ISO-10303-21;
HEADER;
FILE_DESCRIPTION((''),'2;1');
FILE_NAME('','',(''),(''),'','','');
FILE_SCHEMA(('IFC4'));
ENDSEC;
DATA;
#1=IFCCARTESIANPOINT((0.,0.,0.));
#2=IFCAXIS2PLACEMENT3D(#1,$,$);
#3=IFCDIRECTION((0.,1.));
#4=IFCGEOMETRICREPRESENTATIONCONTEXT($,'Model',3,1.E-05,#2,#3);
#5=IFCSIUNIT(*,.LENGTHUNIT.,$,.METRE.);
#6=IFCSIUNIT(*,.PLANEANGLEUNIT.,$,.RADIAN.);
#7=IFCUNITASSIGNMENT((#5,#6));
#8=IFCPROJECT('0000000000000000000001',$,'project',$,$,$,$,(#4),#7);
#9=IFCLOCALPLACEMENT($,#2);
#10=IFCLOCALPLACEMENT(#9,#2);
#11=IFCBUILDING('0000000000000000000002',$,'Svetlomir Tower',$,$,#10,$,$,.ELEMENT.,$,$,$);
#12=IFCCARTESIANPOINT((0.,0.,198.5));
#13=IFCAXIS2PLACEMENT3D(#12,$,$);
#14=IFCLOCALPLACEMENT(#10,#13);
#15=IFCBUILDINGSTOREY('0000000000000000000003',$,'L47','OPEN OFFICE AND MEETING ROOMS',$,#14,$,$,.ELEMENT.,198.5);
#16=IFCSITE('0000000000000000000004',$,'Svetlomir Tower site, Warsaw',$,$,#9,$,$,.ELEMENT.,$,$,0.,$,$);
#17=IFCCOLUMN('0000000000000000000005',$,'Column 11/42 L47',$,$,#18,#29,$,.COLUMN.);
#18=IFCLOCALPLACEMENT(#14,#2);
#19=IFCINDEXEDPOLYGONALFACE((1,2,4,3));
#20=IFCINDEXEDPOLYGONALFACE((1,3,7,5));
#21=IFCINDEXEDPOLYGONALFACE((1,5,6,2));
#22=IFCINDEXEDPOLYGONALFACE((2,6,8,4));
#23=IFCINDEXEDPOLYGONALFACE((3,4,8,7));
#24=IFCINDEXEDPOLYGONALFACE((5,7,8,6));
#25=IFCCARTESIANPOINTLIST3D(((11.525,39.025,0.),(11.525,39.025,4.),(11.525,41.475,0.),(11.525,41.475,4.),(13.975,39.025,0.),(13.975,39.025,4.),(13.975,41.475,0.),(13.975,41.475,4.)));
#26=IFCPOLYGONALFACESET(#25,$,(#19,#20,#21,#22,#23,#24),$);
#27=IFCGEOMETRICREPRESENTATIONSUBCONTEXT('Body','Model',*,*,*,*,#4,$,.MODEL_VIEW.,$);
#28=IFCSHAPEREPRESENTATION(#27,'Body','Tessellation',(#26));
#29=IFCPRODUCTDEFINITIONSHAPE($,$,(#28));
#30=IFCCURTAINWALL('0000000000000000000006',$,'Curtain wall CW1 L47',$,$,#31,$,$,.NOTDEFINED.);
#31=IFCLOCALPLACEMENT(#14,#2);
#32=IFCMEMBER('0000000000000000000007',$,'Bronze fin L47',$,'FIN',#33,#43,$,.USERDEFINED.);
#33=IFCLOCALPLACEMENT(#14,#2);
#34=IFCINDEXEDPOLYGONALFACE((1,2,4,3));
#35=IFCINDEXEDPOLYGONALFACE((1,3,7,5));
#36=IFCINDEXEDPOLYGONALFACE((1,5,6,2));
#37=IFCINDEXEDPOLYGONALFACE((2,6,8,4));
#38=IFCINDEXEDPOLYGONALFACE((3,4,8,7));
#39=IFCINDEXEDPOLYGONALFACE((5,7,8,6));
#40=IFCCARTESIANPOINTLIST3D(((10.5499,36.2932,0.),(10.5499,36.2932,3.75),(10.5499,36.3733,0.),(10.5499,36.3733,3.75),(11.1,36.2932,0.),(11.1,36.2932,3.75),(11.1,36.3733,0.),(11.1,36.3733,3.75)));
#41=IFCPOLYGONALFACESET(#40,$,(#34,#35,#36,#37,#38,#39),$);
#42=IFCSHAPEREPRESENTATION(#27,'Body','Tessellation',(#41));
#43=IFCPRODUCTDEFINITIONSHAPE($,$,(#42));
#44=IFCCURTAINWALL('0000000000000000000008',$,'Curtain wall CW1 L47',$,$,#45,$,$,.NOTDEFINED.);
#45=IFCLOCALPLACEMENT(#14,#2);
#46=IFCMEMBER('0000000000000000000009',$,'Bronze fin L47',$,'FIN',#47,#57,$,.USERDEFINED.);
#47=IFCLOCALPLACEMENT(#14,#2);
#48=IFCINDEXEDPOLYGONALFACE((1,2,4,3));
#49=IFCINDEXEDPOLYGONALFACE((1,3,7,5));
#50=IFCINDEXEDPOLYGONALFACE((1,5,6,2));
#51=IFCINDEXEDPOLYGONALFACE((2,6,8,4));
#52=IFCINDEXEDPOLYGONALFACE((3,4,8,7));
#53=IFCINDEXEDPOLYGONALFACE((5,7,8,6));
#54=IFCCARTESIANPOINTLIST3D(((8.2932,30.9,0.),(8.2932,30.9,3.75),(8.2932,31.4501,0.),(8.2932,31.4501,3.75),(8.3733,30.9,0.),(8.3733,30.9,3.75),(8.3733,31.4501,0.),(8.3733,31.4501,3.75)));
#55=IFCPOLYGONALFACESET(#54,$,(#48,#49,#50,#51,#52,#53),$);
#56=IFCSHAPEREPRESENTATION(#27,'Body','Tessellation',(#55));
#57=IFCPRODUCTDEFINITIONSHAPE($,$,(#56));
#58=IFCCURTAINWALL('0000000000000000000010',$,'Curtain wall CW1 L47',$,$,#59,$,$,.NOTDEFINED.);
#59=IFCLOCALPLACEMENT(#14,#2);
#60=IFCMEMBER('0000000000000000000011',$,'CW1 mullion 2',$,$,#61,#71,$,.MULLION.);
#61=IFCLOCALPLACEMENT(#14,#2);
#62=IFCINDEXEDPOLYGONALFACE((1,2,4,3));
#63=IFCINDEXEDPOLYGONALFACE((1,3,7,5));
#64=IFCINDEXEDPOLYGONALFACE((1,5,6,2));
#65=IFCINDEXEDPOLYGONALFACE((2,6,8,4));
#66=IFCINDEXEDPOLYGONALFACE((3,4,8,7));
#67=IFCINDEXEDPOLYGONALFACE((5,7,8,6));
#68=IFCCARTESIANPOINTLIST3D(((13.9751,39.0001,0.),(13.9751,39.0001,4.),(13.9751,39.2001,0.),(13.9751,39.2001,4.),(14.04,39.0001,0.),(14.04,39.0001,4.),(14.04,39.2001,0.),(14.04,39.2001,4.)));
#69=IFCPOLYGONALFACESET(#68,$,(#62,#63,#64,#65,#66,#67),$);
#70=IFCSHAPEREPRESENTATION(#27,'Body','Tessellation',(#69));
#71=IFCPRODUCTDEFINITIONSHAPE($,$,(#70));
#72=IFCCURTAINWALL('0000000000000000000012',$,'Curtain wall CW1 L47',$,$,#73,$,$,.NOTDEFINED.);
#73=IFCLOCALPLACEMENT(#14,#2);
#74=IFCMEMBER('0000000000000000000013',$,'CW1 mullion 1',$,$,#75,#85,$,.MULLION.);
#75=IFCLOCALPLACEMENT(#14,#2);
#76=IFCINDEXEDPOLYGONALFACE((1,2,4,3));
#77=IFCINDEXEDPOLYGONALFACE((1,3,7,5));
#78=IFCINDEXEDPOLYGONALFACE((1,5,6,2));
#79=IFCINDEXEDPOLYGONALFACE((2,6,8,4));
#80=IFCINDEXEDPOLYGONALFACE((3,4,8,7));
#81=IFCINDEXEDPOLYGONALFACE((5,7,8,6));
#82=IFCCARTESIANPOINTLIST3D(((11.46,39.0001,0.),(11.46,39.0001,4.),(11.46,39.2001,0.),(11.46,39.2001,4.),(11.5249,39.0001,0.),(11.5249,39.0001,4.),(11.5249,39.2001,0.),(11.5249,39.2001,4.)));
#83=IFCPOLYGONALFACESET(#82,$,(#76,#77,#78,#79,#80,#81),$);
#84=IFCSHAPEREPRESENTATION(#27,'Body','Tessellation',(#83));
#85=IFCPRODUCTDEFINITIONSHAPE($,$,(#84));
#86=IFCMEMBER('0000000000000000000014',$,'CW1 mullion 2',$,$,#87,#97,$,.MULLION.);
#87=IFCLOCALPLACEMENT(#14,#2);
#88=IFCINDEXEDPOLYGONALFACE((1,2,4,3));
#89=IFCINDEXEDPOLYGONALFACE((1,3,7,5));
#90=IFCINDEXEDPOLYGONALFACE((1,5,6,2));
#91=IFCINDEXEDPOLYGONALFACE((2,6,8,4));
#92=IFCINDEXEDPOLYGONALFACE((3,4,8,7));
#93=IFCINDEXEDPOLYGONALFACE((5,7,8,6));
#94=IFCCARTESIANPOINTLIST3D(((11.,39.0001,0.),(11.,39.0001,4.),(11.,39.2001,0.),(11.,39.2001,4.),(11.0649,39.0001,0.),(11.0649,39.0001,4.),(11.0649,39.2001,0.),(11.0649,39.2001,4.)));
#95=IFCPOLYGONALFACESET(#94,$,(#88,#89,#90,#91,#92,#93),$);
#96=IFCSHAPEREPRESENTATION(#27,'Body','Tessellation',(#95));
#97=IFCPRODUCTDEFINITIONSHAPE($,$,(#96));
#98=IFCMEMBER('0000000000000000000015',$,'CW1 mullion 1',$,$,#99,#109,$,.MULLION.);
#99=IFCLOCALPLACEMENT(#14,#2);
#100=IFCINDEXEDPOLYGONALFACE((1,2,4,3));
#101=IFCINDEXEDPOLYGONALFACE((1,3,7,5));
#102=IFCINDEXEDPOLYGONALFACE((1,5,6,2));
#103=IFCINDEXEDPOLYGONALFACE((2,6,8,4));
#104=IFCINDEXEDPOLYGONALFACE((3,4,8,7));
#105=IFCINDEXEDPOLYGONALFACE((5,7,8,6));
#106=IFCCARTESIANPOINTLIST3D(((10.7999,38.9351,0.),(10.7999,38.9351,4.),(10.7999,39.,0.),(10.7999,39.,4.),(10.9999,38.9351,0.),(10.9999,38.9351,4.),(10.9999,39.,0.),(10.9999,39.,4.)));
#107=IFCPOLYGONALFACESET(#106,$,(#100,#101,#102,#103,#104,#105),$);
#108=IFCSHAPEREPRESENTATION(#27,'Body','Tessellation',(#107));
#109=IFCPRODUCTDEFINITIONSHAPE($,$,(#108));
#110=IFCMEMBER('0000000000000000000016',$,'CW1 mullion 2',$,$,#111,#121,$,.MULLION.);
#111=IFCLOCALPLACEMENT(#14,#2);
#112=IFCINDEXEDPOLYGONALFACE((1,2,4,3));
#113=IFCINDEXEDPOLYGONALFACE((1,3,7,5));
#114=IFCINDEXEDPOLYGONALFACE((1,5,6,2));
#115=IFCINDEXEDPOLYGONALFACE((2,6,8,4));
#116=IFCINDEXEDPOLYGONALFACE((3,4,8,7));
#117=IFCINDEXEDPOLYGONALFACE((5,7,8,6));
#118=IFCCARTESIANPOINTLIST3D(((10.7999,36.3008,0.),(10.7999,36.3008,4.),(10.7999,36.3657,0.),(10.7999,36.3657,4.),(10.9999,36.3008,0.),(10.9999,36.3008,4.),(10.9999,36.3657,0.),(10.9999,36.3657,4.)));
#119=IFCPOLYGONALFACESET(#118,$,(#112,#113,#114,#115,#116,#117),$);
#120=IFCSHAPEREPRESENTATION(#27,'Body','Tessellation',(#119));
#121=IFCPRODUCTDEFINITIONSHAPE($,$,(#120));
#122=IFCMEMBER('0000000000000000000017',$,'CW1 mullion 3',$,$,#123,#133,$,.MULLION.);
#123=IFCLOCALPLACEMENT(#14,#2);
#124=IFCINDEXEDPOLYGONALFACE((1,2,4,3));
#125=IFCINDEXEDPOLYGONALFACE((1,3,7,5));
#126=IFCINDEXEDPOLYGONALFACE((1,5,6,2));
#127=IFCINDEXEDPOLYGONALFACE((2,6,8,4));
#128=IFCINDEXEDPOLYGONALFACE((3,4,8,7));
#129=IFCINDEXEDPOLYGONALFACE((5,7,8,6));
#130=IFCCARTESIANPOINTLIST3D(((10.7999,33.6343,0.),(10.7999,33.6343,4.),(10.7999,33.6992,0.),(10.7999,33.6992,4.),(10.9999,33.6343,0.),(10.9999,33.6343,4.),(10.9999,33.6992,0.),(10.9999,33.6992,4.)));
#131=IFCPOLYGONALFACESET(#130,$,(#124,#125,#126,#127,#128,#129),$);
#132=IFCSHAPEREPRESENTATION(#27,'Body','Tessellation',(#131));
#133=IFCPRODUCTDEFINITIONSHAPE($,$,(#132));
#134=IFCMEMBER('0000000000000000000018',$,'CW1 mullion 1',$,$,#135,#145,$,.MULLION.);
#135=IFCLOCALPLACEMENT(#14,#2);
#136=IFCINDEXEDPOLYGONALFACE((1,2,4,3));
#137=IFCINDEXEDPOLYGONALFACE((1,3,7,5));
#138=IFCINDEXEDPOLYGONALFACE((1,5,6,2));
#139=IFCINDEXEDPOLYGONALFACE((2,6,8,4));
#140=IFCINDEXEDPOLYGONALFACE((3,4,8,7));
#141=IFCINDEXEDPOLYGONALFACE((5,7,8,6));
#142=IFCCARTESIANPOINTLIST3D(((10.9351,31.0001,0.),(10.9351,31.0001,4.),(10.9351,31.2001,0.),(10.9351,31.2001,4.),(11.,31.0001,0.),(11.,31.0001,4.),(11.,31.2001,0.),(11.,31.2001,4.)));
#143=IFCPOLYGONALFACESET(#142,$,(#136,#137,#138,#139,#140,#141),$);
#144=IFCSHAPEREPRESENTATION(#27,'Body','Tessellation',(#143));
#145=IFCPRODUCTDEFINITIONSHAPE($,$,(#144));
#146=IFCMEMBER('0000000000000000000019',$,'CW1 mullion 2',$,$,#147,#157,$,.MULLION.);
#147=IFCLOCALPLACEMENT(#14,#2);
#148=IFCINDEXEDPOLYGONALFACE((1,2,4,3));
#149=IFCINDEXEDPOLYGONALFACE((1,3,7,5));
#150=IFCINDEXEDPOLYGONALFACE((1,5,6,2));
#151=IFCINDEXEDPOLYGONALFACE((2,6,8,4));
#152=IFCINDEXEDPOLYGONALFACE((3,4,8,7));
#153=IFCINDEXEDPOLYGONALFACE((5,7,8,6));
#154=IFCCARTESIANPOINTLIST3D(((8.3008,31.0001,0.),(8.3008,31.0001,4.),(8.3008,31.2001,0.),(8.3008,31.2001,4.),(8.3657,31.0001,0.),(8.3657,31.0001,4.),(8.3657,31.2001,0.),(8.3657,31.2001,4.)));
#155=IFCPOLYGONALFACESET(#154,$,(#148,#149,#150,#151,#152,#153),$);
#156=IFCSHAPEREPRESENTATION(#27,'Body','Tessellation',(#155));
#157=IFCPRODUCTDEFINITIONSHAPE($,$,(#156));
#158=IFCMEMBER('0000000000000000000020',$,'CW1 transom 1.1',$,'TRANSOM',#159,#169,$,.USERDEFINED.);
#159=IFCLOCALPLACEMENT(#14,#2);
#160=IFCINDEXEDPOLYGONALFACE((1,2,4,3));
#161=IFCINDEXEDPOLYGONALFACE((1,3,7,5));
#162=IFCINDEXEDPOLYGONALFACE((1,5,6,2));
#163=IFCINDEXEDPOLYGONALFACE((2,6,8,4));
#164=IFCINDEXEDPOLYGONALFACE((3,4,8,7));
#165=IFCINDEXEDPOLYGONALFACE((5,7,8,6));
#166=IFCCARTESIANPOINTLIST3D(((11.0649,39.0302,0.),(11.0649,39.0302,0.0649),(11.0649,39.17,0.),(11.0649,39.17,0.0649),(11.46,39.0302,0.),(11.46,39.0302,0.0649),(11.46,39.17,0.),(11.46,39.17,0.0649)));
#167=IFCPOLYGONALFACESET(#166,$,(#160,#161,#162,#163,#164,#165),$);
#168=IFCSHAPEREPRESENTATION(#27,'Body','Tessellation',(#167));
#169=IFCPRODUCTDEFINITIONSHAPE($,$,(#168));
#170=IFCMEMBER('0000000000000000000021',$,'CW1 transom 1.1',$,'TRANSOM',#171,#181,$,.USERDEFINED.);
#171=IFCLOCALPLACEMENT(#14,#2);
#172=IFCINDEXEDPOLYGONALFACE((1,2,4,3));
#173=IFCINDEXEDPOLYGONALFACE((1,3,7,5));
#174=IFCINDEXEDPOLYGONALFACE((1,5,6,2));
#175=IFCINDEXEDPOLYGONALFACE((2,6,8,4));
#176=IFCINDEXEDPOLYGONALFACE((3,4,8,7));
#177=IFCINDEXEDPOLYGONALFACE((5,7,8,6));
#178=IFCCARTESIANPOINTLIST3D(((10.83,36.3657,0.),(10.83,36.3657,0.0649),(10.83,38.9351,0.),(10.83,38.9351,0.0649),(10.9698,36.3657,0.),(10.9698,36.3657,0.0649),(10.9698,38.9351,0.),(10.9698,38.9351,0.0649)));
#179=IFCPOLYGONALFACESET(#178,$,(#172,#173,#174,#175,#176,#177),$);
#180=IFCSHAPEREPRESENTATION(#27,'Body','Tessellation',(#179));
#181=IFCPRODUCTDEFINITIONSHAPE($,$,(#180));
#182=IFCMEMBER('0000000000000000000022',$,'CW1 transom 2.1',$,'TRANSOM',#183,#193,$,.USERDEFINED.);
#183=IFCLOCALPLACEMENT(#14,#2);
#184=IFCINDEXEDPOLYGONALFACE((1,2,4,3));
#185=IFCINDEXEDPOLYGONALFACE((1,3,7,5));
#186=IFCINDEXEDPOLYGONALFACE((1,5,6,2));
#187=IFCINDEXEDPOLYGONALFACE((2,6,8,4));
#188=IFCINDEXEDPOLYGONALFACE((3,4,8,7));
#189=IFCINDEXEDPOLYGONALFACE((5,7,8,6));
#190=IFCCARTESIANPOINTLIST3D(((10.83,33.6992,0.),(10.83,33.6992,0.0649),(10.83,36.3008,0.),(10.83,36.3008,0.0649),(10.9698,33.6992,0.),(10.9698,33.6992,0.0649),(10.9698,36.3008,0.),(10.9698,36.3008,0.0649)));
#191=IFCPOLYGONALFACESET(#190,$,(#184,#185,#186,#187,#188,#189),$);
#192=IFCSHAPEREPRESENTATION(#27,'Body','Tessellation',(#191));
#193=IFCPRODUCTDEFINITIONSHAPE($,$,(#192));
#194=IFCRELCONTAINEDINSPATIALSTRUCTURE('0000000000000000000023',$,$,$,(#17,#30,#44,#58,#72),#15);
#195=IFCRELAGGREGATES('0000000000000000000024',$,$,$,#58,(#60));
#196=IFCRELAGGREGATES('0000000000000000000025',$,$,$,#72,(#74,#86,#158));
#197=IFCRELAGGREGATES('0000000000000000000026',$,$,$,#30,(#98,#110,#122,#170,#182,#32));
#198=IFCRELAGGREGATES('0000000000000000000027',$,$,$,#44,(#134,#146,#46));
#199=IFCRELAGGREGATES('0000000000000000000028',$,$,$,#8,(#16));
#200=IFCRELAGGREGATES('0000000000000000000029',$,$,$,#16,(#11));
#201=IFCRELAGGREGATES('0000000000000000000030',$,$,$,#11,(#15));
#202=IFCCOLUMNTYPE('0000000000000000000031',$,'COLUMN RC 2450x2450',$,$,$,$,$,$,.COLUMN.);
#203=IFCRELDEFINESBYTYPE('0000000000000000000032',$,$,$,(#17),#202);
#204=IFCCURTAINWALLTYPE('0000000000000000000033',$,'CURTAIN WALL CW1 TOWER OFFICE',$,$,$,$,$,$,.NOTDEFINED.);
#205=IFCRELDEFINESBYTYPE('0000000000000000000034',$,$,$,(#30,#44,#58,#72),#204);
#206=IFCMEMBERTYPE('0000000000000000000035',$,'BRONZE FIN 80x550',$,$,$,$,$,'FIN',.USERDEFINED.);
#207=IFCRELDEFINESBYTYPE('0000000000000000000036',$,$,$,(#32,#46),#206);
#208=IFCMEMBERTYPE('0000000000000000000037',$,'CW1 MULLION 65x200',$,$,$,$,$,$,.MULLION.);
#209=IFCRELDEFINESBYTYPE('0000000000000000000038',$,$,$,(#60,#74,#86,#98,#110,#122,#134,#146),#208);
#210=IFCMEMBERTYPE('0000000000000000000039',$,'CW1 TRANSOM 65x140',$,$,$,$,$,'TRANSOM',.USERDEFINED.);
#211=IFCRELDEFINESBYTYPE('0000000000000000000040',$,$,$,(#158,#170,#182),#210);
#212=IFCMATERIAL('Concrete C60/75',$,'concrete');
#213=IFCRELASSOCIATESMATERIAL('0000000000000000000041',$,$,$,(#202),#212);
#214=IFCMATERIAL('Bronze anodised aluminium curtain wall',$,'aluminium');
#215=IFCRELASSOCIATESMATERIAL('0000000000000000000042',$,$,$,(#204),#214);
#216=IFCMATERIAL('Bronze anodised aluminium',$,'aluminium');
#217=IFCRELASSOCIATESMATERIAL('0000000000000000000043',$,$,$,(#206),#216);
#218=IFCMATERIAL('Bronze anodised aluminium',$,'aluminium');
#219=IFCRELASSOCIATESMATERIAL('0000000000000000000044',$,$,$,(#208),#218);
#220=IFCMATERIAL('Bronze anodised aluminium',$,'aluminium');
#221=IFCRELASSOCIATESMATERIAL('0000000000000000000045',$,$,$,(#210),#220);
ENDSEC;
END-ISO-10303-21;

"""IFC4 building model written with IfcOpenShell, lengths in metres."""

from ifc_helpers import new_model, si_unit, direction, frame, origin, origin_2d, place, context, subcontext, project, spatial, rectangle, extrude, material, material_profile, profile_set, type_object, element, aggregate, save


model = new_model("IFC4")

# Units and contexts
model_context = context("Model", 3, precision=1e-05, world=origin(), true_north=direction((0.0, 1.0)))
body_context = subcontext(model_context, "Body", "Model", "MODEL_VIEW")
ifc_project = project(units=[si_unit("LENGTHUNIT", "METRE"), si_unit("PLANEANGLEUNIT", "RADIAN")], contexts=[model_context])

# Site, building, storey
site_placement = place(None, origin())
site = spatial("IfcSite", under=ifc_project, at=site_placement, Name="Svetlomir Tower site, Warsaw", CompositionType="ELEMENT", RefElevation=0.0)
building_placement = place(site_placement, origin())
building = spatial("IfcBuilding", under=site, at=building_placement, Name="Svetlomir Tower", CompositionType="ELEMENT")
storey_placement = place(building_placement, frame((0.0, 0.0, 198.5)))
storey = spatial("IfcBuildingStorey", under=building, at=storey_placement, Name="L47", Description="OPEN OFFICE AND MEETING ROOMS", CompositionType="ELEMENT", Elevation=198.5)

# Column
ifc_material_1 = material(Name="Concrete C60/75", Category="concrete")
ifc_material_profile_1 = material_profile(ifc_material_1, rectangle(XDim=2.45, YDim=2.45, at=origin_2d()), Name="RC 2450x2450")
ifc_profile_set_1 = profile_set([ifc_material_profile_1], Name="Concrete C60/75")
column_type = type_object("IfcColumnType", Name="COLUMN RC 2450x2450", PredefinedType="COLUMN", material=ifc_profile_set_1)
column_placement = place(storey_placement, frame((12.75, 40.25, 0.0), z_axis=(0.0, 0.0, 1.0), x_axis=(1.0, 0.0, 0.0)))
element("IfcColumn", 1, at=column_placement, inside=storey, type_object=column_type, Name="Column 11/42 L47", PredefinedType="COLUMN", context=body_context, shape_type="SweptSolid", body=[
    extrude(rectangle(XDim=2.45, YDim=2.45, at=origin_2d()), origin(), (0.0, 0.0, 1.0), 4.0),
])

# Curtain walls, members
ifc_material_2 = material(Name="Bronze anodised aluminium curtain wall", Category="aluminium")
curtain_wall_type = type_object("IfcCurtainWallType", Name="CURTAIN WALL CW1 TOWER OFFICE", PredefinedType="NOTDEFINED", material=ifc_material_2)
curtain_wall_1_placement = place(storey_placement, origin())
curtain_wall_1 = element("IfcCurtainWall", 2, at=curtain_wall_1_placement, inside=storey, type_object=curtain_wall_type, Name="Curtain wall CW1 L47", PredefinedType="NOTDEFINED")
ifc_material_3 = material(Name="Bronze anodised aluminium", Category="aluminium")
ifc_material_profile_2 = material_profile(ifc_material_3, rectangle(XDim=0.0801, YDim=0.55, at=origin_2d()), Name="FIN 80x550")
ifc_profile_set_2 = profile_set([ifc_material_profile_2], Name="Bronze anodised aluminium 6063-T6")
member_type_1 = type_object("IfcMemberType", Name="BRONZE FIN 80x550", ElementType="FIN", PredefinedType="USERDEFINED", material=ifc_profile_set_2)
member_1_placement = place(storey_placement, frame((10.825, 36.3333, 0.0), z_axis=(0.0, 0.0, 1.0), x_axis=(0.0, 1.0, 0.0)))
member_1 = element("IfcMember", 3, at=member_1_placement, type_object=member_type_1, Name="Bronze fin L47", ObjectType="FIN", PredefinedType="USERDEFINED", context=body_context, shape_type="SweptSolid", body=[
    extrude(rectangle(XDim=0.0801, YDim=0.55, at=origin_2d()), origin(), (0.0, 0.0, 1.0), 3.75),
])
curtain_wall_2_placement = place(storey_placement, origin())
curtain_wall_2 = element("IfcCurtainWall", 4, at=curtain_wall_2_placement, inside=storey, type_object=curtain_wall_type, Name="Curtain wall CW1 L47", PredefinedType="NOTDEFINED")
member_2_placement = place(storey_placement, frame((8.3333, 31.175, 0.0), z_axis=(0.0, 0.0, 1.0), x_axis=(1.0, 0.0, 0.0)))
member_2 = element("IfcMember", 5, at=member_2_placement, type_object=member_type_1, Name="Bronze fin L47", ObjectType="FIN", PredefinedType="USERDEFINED", context=body_context, shape_type="SweptSolid", body=[
    extrude(rectangle(XDim=0.0801, YDim=0.55, at=origin_2d()), origin(), (0.0, 0.0, 1.0), 3.75),
])
curtain_wall_3_placement = place(storey_placement, origin())
curtain_wall_3 = element("IfcCurtainWall", 6, at=curtain_wall_3_placement, inside=storey, type_object=curtain_wall_type, Name="Curtain wall CW1 L47", PredefinedType="NOTDEFINED")
ifc_material_4 = material(Name="Bronze anodised aluminium", Category="aluminium")
ifc_material_profile_3 = material_profile(ifc_material_4, rectangle(XDim=0.0649, YDim=0.2, at=origin_2d()), Name="AL 65x200")
ifc_profile_set_3 = profile_set([ifc_material_profile_3], Name="Bronze anodised aluminium 6063-T6")
member_type_2 = type_object("IfcMemberType", Name="CW1 MULLION 65x200", PredefinedType="MULLION", material=ifc_profile_set_3)
member_3_placement = place(storey_placement, frame((14.0076, 39.1001, 0.0), z_axis=(0.0, 0.0, 1.0), x_axis=(-1.0, 0.0, 0.0)))
member_3 = element("IfcMember", 7, at=member_3_placement, type_object=member_type_2, Name="CW1 mullion 2", PredefinedType="MULLION", context=body_context, shape_type="SweptSolid", body=[
    extrude(rectangle(XDim=0.0649, YDim=0.2, at=origin_2d()), origin(), (0.0, 0.0, 1.0), 4.0),
])
aggregate(curtain_wall_3, [member_3])

# Curtain wall, members
curtain_wall_4_placement = place(storey_placement, origin())
curtain_wall_4 = element("IfcCurtainWall", 8, at=curtain_wall_4_placement, inside=storey, type_object=curtain_wall_type, Name="Curtain wall CW1 L47", PredefinedType="NOTDEFINED")
member_4_placement = place(storey_placement, frame((11.4924, 39.1001, 0.0), z_axis=(0.0, 0.0, 1.0), x_axis=(-1.0, 0.0, 0.0)))
member_4 = element("IfcMember", 9, at=member_4_placement, type_object=member_type_2, Name="CW1 mullion 1", PredefinedType="MULLION", context=body_context, shape_type="SweptSolid", body=[
    extrude(rectangle(XDim=0.0649, YDim=0.2, at=origin_2d()), origin(), (0.0, 0.0, 1.0), 4.0),
])
member_5_placement = place(storey_placement, frame((11.0325, 39.1001, 0.0), z_axis=(0.0, 0.0, 1.0), x_axis=(-1.0, 0.0, 0.0)))
member_5 = element("IfcMember", 10, at=member_5_placement, type_object=member_type_2, Name="CW1 mullion 2", PredefinedType="MULLION", context=body_context, shape_type="SweptSolid", body=[
    extrude(rectangle(XDim=0.0649, YDim=0.2, at=origin_2d()), origin(), (0.0, 0.0, 1.0), 4.0),
])

# Members
member_6_placement = place(storey_placement, frame((10.8999, 38.9675, 0.0), z_axis=(0.0, 0.0, 1.0), x_axis=(0.0, -1.0, 0.0)))
member_6 = element("IfcMember", 11, at=member_6_placement, type_object=member_type_2, Name="CW1 mullion 1", PredefinedType="MULLION", context=body_context, shape_type="SweptSolid", body=[
    extrude(rectangle(XDim=0.0649, YDim=0.2, at=origin_2d()), origin(), (0.0, 0.0, 1.0), 4.0),
])
member_7_placement = place(storey_placement, frame((10.8999, 36.3333, 0.0), z_axis=(0.0, 0.0, 1.0), x_axis=(0.0, -1.0, 0.0)))
member_7 = element("IfcMember", 12, at=member_7_placement, type_object=member_type_2, Name="CW1 mullion 2", PredefinedType="MULLION", context=body_context, shape_type="SweptSolid", body=[
    extrude(rectangle(XDim=0.0649, YDim=0.2, at=origin_2d()), origin(), (0.0, 0.0, 1.0), 4.0),
])
member_8_placement = place(storey_placement, frame((10.8999, 33.6667, 0.0), z_axis=(0.0, 0.0, 1.0), x_axis=(0.0, -1.0, 0.0)))
member_8 = element("IfcMember", 13, at=member_8_placement, type_object=member_type_2, Name="CW1 mullion 3", PredefinedType="MULLION", context=body_context, shape_type="SweptSolid", body=[
    extrude(rectangle(XDim=0.0649, YDim=0.2, at=origin_2d()), origin(), (0.0, 0.0, 1.0), 4.0),
])
member_9_placement = place(storey_placement, frame((10.9675, 31.1001, 0.0), z_axis=(0.0, 0.0, 1.0), x_axis=(-1.0, 0.0, 0.0)))
member_9 = element("IfcMember", 14, at=member_9_placement, type_object=member_type_2, Name="CW1 mullion 1", PredefinedType="MULLION", context=body_context, shape_type="SweptSolid", body=[
    extrude(rectangle(XDim=0.0649, YDim=0.2, at=origin_2d()), origin(), (0.0, 0.0, 1.0), 4.0),
])
member_10_placement = place(storey_placement, frame((8.3333, 31.1001, 0.0), z_axis=(0.0, 0.0, 1.0), x_axis=(-1.0, 0.0, 0.0)))
member_10 = element("IfcMember", 15, at=member_10_placement, type_object=member_type_2, Name="CW1 mullion 2", PredefinedType="MULLION", context=body_context, shape_type="SweptSolid", body=[
    extrude(rectangle(XDim=0.0649, YDim=0.2, at=origin_2d()), origin(), (0.0, 0.0, 1.0), 4.0),
])
ifc_material_5 = material(Name="Bronze anodised aluminium", Category="aluminium")
ifc_material_profile_4 = material_profile(ifc_material_5, rectangle(XDim=0.1399, YDim=0.0649, at=origin_2d()), Name="AL 140x65")
ifc_profile_set_4 = profile_set([ifc_material_profile_4], Name="Bronze anodised aluminium 6063-T6")
member_type_3 = type_object("IfcMemberType", Name="CW1 TRANSOM 65x140", ElementType="TRANSOM", PredefinedType="USERDEFINED", material=ifc_profile_set_4)
member_11_placement = place(storey_placement, frame((11.46, 39.1001, 0.0325), z_axis=(-1.0, 0.0, 0.0), x_axis=(0.0, -1.0, 0.0)))
member_11 = element("IfcMember", 16, at=member_11_placement, type_object=member_type_3, Name="CW1 transom 1.1", ObjectType="TRANSOM", PredefinedType="USERDEFINED", context=body_context, shape_type="SweptSolid", body=[
    extrude(rectangle(XDim=0.1399, YDim=0.0649, at=origin_2d()), origin(), (0.0, 0.0, 1.0), 0.395),
])
member_12_placement = place(storey_placement, frame((10.8999, 38.9351, 0.0325), z_axis=(0.0, -1.0, 0.0), x_axis=(1.0, 0.0, 0.0)))
member_12 = element("IfcMember", 17, at=member_12_placement, type_object=member_type_3, Name="CW1 transom 1.1", ObjectType="TRANSOM", PredefinedType="USERDEFINED", context=body_context, shape_type="SweptSolid", body=[
    extrude(rectangle(XDim=0.1399, YDim=0.0649, at=origin_2d()), origin(), (0.0, 0.0, 1.0), 2.5693),
])
member_13_placement = place(storey_placement, frame((10.8999, 36.3008, 0.0325), z_axis=(0.0, -1.0, 0.0), x_axis=(1.0, 0.0, 0.0)))
member_13 = element("IfcMember", 18, at=member_13_placement, type_object=member_type_3, Name="CW1 transom 2.1", ObjectType="TRANSOM", PredefinedType="USERDEFINED", context=body_context, shape_type="SweptSolid", body=[
    extrude(rectangle(XDim=0.1399, YDim=0.0649, at=origin_2d()), origin(), (0.0, 0.0, 1.0), 2.6016),
])

aggregate(curtain_wall_4, [member_4, member_5, member_11])
aggregate(curtain_wall_1, [member_6, member_7, member_8, member_12, member_13, member_1])
aggregate(curtain_wall_2, [member_9, member_10, member_2])

save(model, "model.ifc")
